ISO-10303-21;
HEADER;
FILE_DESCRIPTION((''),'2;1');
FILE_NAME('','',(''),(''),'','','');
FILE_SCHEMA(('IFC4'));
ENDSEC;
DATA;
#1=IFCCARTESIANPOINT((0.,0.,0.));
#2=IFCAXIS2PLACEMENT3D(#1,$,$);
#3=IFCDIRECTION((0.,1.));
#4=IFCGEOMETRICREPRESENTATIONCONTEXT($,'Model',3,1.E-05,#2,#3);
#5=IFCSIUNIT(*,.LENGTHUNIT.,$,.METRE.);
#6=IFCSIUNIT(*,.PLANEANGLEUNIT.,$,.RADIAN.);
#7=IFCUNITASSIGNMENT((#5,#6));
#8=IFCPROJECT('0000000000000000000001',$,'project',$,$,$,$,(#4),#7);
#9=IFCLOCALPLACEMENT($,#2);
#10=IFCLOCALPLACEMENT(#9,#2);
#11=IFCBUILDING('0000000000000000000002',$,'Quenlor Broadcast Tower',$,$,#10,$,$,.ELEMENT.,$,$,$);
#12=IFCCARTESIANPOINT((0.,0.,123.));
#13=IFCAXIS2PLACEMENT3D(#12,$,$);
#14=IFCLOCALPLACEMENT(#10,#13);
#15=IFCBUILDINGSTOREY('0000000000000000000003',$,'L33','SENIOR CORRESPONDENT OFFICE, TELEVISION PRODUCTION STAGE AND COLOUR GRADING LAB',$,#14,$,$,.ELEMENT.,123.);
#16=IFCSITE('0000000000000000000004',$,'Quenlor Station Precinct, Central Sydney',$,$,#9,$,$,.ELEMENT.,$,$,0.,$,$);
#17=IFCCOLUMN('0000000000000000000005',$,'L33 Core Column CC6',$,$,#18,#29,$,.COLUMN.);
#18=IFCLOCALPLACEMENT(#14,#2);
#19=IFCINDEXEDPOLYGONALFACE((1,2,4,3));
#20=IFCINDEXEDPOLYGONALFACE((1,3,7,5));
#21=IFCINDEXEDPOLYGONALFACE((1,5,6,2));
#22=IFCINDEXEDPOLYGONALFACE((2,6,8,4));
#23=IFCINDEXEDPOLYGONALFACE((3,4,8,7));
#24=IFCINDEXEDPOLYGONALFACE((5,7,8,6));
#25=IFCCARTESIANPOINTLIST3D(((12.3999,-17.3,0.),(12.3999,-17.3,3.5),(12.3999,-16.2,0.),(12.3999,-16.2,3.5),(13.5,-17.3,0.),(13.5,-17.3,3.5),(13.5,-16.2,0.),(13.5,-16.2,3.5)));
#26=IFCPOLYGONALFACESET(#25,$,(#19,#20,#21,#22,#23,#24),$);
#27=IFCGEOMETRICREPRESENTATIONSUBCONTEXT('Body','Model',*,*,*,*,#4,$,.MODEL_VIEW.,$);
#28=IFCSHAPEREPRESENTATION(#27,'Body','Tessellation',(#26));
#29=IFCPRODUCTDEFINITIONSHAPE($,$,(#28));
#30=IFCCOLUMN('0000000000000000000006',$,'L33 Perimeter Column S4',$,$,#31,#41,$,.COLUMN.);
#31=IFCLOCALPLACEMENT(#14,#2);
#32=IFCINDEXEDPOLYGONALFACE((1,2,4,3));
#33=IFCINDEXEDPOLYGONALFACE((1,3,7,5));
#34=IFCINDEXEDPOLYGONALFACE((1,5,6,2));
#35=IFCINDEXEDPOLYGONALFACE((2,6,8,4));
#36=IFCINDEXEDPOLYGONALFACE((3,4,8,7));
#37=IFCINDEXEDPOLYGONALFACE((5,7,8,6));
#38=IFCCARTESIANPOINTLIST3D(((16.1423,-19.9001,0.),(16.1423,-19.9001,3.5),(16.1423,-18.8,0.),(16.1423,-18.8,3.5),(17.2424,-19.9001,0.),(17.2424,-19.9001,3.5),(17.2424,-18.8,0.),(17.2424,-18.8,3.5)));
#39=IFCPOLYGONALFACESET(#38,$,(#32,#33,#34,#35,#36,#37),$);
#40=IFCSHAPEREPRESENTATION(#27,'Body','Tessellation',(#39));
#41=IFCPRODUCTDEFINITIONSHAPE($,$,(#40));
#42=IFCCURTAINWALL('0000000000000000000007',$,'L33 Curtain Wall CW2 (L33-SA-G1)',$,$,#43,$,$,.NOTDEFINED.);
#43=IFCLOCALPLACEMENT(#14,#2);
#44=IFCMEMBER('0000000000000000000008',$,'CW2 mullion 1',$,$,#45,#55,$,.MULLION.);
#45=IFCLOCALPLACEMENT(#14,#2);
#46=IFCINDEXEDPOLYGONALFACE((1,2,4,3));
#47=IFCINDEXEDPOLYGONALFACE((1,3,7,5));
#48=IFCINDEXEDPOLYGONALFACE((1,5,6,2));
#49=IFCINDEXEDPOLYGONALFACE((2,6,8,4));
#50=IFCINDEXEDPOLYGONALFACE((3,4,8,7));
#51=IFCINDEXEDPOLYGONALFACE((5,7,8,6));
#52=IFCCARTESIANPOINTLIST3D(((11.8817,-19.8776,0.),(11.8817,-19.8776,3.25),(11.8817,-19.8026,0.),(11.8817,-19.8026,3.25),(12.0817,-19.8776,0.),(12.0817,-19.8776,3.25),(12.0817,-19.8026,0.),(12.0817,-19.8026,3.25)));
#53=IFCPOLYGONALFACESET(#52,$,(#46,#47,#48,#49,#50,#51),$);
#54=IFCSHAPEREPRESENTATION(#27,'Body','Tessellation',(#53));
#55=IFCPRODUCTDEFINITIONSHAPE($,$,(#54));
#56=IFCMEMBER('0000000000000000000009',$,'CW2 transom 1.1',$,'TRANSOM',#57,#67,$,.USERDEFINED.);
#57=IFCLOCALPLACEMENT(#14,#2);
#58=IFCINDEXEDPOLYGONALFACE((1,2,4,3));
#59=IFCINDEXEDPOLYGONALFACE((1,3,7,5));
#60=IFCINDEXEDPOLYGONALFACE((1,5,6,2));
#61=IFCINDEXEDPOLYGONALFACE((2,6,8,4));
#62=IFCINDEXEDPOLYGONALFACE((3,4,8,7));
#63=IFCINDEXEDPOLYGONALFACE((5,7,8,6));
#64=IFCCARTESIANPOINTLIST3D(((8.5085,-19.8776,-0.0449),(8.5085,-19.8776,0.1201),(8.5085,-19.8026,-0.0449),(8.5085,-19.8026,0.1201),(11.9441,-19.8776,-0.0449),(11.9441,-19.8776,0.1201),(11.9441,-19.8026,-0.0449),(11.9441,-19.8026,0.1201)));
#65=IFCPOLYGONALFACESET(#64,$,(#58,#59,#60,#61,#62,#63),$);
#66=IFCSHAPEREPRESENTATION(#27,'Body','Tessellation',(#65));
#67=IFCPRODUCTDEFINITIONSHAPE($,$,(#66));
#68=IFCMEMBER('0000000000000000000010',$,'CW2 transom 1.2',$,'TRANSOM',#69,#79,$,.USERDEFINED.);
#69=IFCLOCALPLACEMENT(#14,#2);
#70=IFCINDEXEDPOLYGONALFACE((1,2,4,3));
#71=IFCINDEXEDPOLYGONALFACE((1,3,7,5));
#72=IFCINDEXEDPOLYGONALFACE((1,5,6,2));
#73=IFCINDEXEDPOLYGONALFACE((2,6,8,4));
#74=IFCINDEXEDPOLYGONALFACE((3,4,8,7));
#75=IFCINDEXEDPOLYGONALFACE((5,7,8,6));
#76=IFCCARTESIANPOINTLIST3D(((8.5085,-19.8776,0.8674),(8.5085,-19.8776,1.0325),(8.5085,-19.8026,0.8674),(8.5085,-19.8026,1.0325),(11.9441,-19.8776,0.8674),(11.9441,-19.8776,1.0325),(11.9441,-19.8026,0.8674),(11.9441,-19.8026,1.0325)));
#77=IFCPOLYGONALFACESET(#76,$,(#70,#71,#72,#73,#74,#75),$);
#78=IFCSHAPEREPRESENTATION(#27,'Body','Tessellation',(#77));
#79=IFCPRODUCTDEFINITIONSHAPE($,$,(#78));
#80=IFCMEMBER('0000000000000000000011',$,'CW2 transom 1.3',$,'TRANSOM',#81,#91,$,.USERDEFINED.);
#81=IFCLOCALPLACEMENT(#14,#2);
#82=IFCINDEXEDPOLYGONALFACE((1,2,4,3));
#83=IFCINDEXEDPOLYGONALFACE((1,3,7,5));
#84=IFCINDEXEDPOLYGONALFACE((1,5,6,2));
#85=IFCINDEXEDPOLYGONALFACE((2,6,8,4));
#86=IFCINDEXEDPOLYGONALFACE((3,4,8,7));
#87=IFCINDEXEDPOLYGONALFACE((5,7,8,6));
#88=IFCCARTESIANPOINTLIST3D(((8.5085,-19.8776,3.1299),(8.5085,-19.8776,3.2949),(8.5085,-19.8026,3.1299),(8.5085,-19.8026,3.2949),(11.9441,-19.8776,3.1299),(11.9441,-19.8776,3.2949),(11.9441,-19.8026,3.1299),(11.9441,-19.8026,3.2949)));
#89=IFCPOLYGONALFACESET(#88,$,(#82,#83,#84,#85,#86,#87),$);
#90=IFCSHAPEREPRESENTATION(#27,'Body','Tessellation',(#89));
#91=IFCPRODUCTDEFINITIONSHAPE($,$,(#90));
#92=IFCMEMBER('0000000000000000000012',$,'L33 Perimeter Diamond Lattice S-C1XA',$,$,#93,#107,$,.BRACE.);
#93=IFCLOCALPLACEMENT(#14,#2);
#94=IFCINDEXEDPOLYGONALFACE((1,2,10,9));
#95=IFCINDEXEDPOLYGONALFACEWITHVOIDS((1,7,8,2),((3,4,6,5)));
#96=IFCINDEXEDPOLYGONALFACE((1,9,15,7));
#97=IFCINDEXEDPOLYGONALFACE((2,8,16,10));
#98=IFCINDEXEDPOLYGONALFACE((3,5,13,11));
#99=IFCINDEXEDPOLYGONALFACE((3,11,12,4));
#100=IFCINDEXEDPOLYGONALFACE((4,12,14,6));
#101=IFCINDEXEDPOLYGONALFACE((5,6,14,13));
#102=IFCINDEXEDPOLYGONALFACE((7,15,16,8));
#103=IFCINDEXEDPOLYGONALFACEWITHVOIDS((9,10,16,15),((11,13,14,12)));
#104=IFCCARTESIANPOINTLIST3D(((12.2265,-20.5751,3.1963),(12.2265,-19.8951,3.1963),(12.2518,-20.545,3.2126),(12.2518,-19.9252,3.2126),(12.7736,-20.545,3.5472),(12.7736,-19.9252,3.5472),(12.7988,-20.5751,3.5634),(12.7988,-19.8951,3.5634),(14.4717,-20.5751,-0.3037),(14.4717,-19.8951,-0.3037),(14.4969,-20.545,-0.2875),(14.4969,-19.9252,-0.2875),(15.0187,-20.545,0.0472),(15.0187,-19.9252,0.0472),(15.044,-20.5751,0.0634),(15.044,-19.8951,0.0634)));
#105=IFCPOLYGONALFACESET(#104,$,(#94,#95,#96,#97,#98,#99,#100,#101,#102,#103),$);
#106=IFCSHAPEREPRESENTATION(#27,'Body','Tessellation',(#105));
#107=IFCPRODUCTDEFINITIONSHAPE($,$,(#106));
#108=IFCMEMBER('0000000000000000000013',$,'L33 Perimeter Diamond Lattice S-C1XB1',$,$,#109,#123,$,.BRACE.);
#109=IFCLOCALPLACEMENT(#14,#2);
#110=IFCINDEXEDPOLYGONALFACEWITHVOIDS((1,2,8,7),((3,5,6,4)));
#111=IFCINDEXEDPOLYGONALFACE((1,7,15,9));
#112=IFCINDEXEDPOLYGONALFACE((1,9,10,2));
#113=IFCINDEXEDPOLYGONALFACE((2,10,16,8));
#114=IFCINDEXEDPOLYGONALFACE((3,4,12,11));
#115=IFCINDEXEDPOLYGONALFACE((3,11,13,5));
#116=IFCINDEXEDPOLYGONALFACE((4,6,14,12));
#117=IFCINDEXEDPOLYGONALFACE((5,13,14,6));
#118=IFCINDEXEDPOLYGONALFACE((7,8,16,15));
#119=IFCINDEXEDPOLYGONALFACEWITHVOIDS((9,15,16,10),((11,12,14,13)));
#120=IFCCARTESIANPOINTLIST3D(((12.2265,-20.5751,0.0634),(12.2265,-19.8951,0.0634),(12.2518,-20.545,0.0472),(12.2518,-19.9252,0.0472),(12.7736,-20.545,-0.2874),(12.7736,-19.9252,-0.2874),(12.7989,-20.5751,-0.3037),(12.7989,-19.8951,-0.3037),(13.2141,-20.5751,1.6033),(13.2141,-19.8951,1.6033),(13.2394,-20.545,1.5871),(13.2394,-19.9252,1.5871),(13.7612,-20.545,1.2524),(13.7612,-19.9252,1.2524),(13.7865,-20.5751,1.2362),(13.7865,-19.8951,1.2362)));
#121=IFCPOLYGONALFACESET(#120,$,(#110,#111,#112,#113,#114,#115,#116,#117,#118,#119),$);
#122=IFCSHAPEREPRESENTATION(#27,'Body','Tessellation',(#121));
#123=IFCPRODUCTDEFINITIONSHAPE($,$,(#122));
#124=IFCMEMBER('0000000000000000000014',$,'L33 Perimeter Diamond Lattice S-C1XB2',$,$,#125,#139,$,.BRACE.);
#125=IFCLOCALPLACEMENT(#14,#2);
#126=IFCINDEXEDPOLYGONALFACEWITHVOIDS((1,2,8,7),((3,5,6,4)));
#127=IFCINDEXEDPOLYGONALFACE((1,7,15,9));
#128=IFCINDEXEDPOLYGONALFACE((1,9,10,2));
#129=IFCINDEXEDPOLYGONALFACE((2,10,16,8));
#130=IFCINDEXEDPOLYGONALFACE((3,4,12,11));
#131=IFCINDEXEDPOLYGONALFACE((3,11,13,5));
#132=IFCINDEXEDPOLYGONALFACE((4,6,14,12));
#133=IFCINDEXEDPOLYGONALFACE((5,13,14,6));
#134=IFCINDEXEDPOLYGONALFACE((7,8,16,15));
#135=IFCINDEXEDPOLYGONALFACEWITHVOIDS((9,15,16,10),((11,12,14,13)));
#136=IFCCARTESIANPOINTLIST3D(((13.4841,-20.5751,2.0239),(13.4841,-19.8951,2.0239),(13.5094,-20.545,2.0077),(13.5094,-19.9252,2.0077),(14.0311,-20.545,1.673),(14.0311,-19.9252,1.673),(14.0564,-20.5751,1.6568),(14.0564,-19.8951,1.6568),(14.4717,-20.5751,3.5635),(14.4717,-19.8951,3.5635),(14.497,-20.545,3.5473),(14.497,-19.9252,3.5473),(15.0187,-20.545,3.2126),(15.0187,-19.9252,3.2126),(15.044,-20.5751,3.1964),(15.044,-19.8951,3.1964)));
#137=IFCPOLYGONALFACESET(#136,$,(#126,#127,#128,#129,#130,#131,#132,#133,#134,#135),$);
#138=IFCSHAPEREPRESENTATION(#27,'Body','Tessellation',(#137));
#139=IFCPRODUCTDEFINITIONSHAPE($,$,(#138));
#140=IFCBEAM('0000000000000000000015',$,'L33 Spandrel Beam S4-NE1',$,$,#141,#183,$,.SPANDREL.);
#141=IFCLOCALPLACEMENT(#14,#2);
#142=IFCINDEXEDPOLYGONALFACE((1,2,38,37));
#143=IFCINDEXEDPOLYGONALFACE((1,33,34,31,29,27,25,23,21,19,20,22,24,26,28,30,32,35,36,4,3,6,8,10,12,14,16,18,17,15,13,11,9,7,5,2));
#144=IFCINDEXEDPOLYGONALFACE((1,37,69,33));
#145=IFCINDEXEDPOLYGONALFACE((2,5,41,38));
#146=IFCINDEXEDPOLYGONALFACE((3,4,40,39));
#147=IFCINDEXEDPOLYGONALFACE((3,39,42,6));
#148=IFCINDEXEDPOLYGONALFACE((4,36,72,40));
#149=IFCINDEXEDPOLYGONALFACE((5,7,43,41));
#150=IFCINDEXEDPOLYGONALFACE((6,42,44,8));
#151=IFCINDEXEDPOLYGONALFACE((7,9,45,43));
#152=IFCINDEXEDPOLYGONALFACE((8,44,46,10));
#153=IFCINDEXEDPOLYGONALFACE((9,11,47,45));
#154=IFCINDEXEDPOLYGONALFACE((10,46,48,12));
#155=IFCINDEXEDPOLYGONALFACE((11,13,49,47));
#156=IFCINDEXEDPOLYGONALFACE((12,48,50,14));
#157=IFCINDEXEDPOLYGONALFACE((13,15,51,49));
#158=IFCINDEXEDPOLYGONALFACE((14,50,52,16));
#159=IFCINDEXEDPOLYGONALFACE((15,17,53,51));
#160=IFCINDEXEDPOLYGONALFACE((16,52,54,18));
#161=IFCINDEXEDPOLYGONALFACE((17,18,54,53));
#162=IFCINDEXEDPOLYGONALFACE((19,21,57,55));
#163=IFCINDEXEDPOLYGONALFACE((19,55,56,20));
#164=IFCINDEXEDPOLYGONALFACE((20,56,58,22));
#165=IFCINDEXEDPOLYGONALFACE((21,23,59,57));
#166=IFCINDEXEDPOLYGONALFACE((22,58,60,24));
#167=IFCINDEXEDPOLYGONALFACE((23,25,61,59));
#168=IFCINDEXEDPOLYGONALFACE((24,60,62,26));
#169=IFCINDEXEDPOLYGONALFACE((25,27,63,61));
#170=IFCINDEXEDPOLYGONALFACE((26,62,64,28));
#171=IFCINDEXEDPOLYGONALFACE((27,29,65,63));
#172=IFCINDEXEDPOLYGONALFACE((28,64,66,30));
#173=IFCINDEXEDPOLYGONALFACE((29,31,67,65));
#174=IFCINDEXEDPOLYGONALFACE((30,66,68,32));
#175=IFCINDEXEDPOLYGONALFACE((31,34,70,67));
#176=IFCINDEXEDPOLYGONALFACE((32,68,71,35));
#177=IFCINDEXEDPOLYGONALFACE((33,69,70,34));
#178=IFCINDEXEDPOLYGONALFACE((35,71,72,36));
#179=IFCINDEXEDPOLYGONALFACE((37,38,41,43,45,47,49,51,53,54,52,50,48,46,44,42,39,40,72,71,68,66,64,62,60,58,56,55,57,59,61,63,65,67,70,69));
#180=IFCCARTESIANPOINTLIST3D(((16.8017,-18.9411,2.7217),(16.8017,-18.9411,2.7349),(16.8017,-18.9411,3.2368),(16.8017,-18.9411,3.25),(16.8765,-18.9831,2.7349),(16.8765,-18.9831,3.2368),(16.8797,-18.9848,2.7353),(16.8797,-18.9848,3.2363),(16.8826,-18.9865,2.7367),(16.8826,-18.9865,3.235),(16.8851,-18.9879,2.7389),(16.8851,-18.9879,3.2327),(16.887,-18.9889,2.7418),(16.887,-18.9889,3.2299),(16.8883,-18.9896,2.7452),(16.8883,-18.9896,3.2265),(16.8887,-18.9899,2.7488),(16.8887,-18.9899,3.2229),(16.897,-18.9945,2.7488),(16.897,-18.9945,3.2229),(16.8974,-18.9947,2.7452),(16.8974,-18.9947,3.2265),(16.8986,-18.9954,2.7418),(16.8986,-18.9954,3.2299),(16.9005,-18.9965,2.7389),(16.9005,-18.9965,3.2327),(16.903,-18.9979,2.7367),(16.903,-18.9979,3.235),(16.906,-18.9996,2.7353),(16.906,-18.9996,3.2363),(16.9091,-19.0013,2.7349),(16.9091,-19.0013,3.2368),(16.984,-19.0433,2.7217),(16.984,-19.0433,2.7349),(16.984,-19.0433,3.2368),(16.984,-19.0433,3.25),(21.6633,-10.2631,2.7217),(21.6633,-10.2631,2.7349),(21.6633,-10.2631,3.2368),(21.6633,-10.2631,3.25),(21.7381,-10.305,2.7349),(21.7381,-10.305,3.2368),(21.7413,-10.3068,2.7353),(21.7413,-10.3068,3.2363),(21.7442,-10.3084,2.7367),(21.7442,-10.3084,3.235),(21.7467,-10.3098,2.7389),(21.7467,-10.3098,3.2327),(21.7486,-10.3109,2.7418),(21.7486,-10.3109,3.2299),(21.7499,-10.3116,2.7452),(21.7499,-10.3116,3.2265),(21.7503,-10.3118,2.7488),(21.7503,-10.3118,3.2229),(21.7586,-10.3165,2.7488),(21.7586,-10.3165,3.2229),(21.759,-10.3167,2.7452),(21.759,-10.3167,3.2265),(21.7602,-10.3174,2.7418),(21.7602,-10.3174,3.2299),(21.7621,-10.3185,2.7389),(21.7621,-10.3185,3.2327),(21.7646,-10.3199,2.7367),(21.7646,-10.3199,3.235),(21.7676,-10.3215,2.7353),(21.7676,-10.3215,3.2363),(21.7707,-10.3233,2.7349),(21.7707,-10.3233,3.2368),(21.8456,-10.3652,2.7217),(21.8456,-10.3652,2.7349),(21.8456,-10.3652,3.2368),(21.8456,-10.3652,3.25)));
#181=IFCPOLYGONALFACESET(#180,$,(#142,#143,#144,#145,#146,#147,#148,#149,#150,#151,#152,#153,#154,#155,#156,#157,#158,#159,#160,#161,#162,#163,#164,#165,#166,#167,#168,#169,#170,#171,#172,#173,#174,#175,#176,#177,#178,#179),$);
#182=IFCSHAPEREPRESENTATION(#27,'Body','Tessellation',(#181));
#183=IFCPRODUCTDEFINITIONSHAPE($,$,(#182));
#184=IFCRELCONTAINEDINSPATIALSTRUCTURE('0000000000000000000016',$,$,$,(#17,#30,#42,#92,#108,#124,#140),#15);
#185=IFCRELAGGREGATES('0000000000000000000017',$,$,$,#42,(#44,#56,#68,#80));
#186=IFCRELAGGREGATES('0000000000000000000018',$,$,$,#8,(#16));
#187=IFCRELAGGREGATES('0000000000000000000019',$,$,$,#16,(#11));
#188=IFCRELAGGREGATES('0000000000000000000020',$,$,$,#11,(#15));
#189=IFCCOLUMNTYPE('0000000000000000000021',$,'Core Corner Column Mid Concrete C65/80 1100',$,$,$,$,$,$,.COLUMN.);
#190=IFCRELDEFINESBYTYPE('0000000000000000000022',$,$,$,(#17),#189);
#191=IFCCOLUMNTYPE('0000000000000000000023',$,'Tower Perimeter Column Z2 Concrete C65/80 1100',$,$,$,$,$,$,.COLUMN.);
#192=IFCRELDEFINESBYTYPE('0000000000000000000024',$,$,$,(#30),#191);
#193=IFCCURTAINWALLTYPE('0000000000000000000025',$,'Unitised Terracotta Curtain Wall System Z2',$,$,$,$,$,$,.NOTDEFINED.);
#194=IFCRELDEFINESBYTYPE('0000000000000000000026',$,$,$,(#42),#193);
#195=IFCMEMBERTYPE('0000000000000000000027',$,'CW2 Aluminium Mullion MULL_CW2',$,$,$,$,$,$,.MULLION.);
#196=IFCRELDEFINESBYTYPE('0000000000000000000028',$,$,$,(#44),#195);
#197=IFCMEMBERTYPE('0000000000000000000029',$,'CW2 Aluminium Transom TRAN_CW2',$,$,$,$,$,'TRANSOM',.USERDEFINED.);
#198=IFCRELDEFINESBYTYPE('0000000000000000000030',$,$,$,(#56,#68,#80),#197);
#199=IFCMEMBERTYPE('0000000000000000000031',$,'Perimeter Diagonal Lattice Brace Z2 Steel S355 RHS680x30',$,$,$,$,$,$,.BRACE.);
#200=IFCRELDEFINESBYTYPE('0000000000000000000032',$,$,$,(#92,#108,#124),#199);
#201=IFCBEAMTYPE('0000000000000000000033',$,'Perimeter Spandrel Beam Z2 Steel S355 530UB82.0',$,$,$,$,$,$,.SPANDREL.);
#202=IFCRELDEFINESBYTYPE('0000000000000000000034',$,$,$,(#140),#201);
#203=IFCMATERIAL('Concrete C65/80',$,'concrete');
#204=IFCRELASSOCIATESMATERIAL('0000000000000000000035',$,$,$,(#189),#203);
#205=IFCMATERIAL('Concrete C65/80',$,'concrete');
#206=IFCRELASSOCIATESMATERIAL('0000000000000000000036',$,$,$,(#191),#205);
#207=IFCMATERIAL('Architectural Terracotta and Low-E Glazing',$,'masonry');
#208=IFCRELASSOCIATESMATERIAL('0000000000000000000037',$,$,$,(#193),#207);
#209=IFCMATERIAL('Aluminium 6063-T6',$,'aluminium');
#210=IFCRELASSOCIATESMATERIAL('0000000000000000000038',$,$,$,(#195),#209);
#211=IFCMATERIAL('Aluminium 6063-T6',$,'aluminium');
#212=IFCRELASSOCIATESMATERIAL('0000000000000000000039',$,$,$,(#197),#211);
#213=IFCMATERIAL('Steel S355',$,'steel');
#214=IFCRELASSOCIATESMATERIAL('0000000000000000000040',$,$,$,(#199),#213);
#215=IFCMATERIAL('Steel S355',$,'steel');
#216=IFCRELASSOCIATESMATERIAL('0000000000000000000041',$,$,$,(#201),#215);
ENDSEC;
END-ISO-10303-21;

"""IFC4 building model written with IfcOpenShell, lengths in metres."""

from ifc_helpers import new_model, si_unit, direction, frame, origin, origin_2d, place, context, subcontext, project, spatial, rectangle, hollow_rectangle, i_section, extrude, material, material_profile, profile_set, type_object, element, aggregate, save


model = new_model("IFC4")

# Units and contexts
model_context = context("Model", 3, precision=1e-05, world=origin(), true_north=direction((0.0, 1.0)))
body_context = subcontext(model_context, "Body", "Model", "MODEL_VIEW")
ifc_project = project(units=[si_unit("LENGTHUNIT", "METRE"), si_unit("PLANEANGLEUNIT", "RADIAN")], contexts=[model_context])

# Site, building, storey
site_placement = place(None, origin())
site = spatial("IfcSite", under=ifc_project, at=site_placement, Name="Quenlor Station Precinct, Central Sydney", CompositionType="ELEMENT", RefElevation=0.0)
building_placement = place(site_placement, origin())
building = spatial("IfcBuilding", under=site, at=building_placement, Name="Quenlor Broadcast Tower", CompositionType="ELEMENT")
storey_placement = place(building_placement, frame((0.0, 0.0, 123.0)))
storey = spatial("IfcBuildingStorey", under=building, at=storey_placement, Name="L33", Description="SENIOR CORRESPONDENT OFFICE, TELEVISION PRODUCTION STAGE AND COLOUR GRADING LAB", CompositionType="ELEMENT", Elevation=123.0)

# Columns
ifc_material_1 = material(Name="Concrete C65/80", Category="concrete")
ifc_material_profile_1 = material_profile(ifc_material_1, rectangle(XDim=1.1001, YDim=1.1001, at=origin_2d()))
ifc_profile_set_1 = profile_set([ifc_material_profile_1], Name="Concrete C65/80 RC1100x1100")
column_type_1 = type_object("IfcColumnType", Name="Core Corner Column Mid Concrete C65/80 1100", PredefinedType="COLUMN", material=ifc_profile_set_1)
column_1_placement = place(storey_placement, frame((12.95, -16.75, 0.0), z_axis=(0.0, 0.0, 1.0), x_axis=(1.0, 0.0, 0.0)))
element("IfcColumn", 1, at=column_1_placement, inside=storey, type_object=column_type_1, Name="L33 Core Column CC6", PredefinedType="COLUMN", context=body_context, shape_type="SweptSolid", body=[
    extrude(rectangle(XDim=1.1001, YDim=1.1001, at=origin_2d()), origin(), (0.0, 0.0, 1.0), 3.5),
])
ifc_material_2 = material(Name="Concrete C65/80", Category="concrete")
ifc_material_profile_2 = material_profile(ifc_material_2, rectangle(XDim=1.1001, YDim=1.1001, at=origin_2d()))
ifc_profile_set_2 = profile_set([ifc_material_profile_2], Name="Concrete C65/80 RC1100x1100")
column_type_2 = type_object("IfcColumnType", Name="Tower Perimeter Column Z2 Concrete C65/80 1100", PredefinedType="COLUMN", material=ifc_profile_set_2)
column_2_placement = place(storey_placement, frame((16.6924, -19.3501, 0.0), z_axis=(0.0, 0.0, 1.0), x_axis=(0.0, 1.0, 0.0)))
element("IfcColumn", 2, at=column_2_placement, inside=storey, type_object=column_type_2, Name="L33 Perimeter Column S4", PredefinedType="COLUMN", context=body_context, shape_type="SweptSolid", body=[
    extrude(rectangle(XDim=1.1001, YDim=1.1001, at=origin_2d()), origin(), (0.0, 0.0, 1.0), 3.5),
])

# Curtain wall, members
ifc_material_3 = material(Name="Architectural Terracotta and Low-E Glazing", Category="masonry")
curtain_wall_type = type_object("IfcCurtainWallType", Name="Unitised Terracotta Curtain Wall System Z2", PredefinedType="NOTDEFINED", material=ifc_material_3)
curtain_wall_placement = place(storey_placement, origin())
curtain_wall = element("IfcCurtainWall", 3, at=curtain_wall_placement, inside=storey, type_object=curtain_wall_type, Name="L33 Curtain Wall CW2 (L33-SA-G1)", PredefinedType="NOTDEFINED")
ifc_material_4 = material(Name="Aluminium 6063-T6", Category="aluminium")
ifc_material_profile_3 = material_profile(ifc_material_4, rectangle(XDim=0.075, YDim=0.2, at=origin_2d()))
ifc_profile_set_3 = profile_set([ifc_material_profile_3], Name="Aluminium 6063-T6 MULL75x200")
member_type_1 = type_object("IfcMemberType", Name="CW2 Aluminium Mullion MULL_CW2", PredefinedType="MULLION", material=ifc_profile_set_3)
member_1_placement = place(storey_placement, frame((11.9817, -19.8401, 0.0), z_axis=(0.0, 0.0, 1.0), x_axis=(0.0, -1.0, 0.0)))
member_1 = element("IfcMember", 4, at=member_1_placement, type_object=member_type_1, Name="CW2 mullion 1", PredefinedType="MULLION", context=body_context, shape_type="SweptSolid", body=[
    extrude(rectangle(XDim=0.075, YDim=0.2, at=origin_2d()), origin(), (0.0, 0.0, 1.0), 3.25),
])
ifc_material_5 = material(Name="Aluminium 6063-T6", Category="aluminium")
ifc_material_profile_4 = material_profile(ifc_material_5, rectangle(XDim=0.075, YDim=0.165, at=origin_2d()))
ifc_profile_set_4 = profile_set([ifc_material_profile_4], Name="Aluminium 6063-T6 TRAN75x165")
member_type_2 = type_object("IfcMemberType", Name="CW2 Aluminium Transom TRAN_CW2", ElementType="TRANSOM", PredefinedType="USERDEFINED", material=ifc_profile_set_4)
member_2_placement = place(storey_placement, frame((11.9441, -19.8401, 0.0376), z_axis=(-1.0, 0.0, 0.0), x_axis=(0.0, -1.0, 0.0)))
member_2 = element("IfcMember", 5, at=member_2_placement, type_object=member_type_2, Name="CW2 transom 1.1", ObjectType="TRANSOM", PredefinedType="USERDEFINED", context=body_context, shape_type="SweptSolid", body=[
    extrude(rectangle(XDim=0.075, YDim=0.165, at=origin_2d()), origin(), (0.0, 0.0, 1.0), 3.4355),
])
member_3_placement = place(storey_placement, frame((11.9441, -19.8401, 0.95), z_axis=(-1.0, 0.0, 0.0), x_axis=(0.0, -1.0, 0.0)))
member_3 = element("IfcMember", 6, at=member_3_placement, type_object=member_type_2, Name="CW2 transom 1.2", ObjectType="TRANSOM", PredefinedType="USERDEFINED", context=body_context, shape_type="SweptSolid", body=[
    extrude(rectangle(XDim=0.075, YDim=0.165, at=origin_2d()), origin(), (0.0, 0.0, 1.0), 3.4355),
])
member_4_placement = place(storey_placement, frame((11.9441, -19.8401, 3.2124), z_axis=(-1.0, 0.0, 0.0), x_axis=(0.0, -1.0, 0.0)))
member_4 = element("IfcMember", 7, at=member_4_placement, type_object=member_type_2, Name="CW2 transom 1.3", ObjectType="TRANSOM", PredefinedType="USERDEFINED", context=body_context, shape_type="SweptSolid", body=[
    extrude(rectangle(XDim=0.075, YDim=0.165, at=origin_2d()), origin(), (0.0, 0.0, 1.0), 3.4355),
])
aggregate(curtain_wall, [member_1, member_2, member_3, member_4])

# Members
ifc_material_6 = material(Name="Steel S355", Category="steel")
ifc_material_profile_5 = material_profile(ifc_material_6, hollow_rectangle(XDim=0.6799, YDim=0.6799, WallThickness=0.03, at=origin_2d()))
ifc_profile_set_5 = profile_set([ifc_material_profile_5], Name="Steel S355 RHS680x680x30")
member_type_3 = type_object("IfcMemberType", Name="Perimeter Diagonal Lattice Brace Z2 Steel S355 RHS680x30", PredefinedType="BRACE", material=ifc_profile_set_5)
member_5_placement = place(storey_placement, frame((14.7578, -20.2351, -0.1201), z_axis=(-0.539926, 0.0, 0.841712), x_axis=(0.0, -1.0, 0.0)))
element("IfcMember", 8, at=member_5_placement, inside=storey, type_object=member_type_3, Name="L33 Perimeter Diamond Lattice S-C1XA", PredefinedType="BRACE", context=body_context, shape_type="SweptSolid", body=[
    extrude(hollow_rectangle(XDim=0.6799, YDim=0.6799, WallThickness=0.03, at=origin_2d()), origin(), (0.0, 0.0, 1.0), 4.1582),
])
member_6_placement = place(storey_placement, frame((12.5127, -20.2351, -0.1201), z_axis=(0.53986, 0.0, 0.841755), x_axis=(0.0, 1.0, 0.0)))
element("IfcMember", 9, at=member_6_placement, inside=storey, type_object=member_type_3, Name="L33 Perimeter Diamond Lattice S-C1XB1", PredefinedType="BRACE", context=body_context, shape_type="SweptSolid", body=[
    extrude(hollow_rectangle(XDim=0.6799, YDim=0.6799, WallThickness=0.03, at=origin_2d()), origin(), (0.0, 0.0, 1.0), 1.8293),
])
member_7_placement = place(storey_placement, frame((13.7703, -20.2351, 1.8403), z_axis=(0.539921, 0.0, 0.841716), x_axis=(0.0, 1.0, 0.0)))
element("IfcMember", 10, at=member_7_placement, inside=storey, type_object=member_type_3, Name="L33 Perimeter Diamond Lattice S-C1XB2", PredefinedType="BRACE", context=body_context, shape_type="SweptSolid", body=[
    extrude(hollow_rectangle(XDim=0.6799, YDim=0.6799, WallThickness=0.03, at=origin_2d()), origin(), (0.0, 0.0, 1.0), 1.8291),
])

# Beam
ifc_material_7 = material(Name="Steel S355", Category="steel")
ifc_material_profile_6 = material_profile(ifc_material_7, i_section(OverallWidth=0.209, OverallDepth=0.5283, WebThickness=0.0095, FlangeThickness=0.0132, FilletRadius=0.0139, at=origin_2d()))
ifc_profile_set_6 = profile_set([ifc_material_profile_6], Name="Steel S355 530UB82.0")
beam_type_1 = type_object("IfcBeamType", Name="Perimeter Spandrel Beam Z2 Steel S355 530UB82.0", PredefinedType="SPANDREL", material=ifc_profile_set_6)
beam_1_placement = place(storey_placement, frame((16.8928, -18.9922, 2.9858), z_axis=(0.488749, 0.872424, 0.0), x_axis=(-0.872424, 0.488749, 0.0)))
element("IfcBeam", 11, at=beam_1_placement, inside=storey, type_object=beam_type_1, Name="L33 Spandrel Beam S4-NE1", PredefinedType="SPANDREL", context=body_context, shape_type="SweptSolid", body=[
    extrude(i_section(OverallWidth=0.209, OverallDepth=0.5283, WebThickness=0.0095, FlangeThickness=0.0132, FilletRadius=0.0139, at=origin_2d()), origin(), (0.0, 0.0, 1.0), 9.947),
])

save(model, "model.ifc")
